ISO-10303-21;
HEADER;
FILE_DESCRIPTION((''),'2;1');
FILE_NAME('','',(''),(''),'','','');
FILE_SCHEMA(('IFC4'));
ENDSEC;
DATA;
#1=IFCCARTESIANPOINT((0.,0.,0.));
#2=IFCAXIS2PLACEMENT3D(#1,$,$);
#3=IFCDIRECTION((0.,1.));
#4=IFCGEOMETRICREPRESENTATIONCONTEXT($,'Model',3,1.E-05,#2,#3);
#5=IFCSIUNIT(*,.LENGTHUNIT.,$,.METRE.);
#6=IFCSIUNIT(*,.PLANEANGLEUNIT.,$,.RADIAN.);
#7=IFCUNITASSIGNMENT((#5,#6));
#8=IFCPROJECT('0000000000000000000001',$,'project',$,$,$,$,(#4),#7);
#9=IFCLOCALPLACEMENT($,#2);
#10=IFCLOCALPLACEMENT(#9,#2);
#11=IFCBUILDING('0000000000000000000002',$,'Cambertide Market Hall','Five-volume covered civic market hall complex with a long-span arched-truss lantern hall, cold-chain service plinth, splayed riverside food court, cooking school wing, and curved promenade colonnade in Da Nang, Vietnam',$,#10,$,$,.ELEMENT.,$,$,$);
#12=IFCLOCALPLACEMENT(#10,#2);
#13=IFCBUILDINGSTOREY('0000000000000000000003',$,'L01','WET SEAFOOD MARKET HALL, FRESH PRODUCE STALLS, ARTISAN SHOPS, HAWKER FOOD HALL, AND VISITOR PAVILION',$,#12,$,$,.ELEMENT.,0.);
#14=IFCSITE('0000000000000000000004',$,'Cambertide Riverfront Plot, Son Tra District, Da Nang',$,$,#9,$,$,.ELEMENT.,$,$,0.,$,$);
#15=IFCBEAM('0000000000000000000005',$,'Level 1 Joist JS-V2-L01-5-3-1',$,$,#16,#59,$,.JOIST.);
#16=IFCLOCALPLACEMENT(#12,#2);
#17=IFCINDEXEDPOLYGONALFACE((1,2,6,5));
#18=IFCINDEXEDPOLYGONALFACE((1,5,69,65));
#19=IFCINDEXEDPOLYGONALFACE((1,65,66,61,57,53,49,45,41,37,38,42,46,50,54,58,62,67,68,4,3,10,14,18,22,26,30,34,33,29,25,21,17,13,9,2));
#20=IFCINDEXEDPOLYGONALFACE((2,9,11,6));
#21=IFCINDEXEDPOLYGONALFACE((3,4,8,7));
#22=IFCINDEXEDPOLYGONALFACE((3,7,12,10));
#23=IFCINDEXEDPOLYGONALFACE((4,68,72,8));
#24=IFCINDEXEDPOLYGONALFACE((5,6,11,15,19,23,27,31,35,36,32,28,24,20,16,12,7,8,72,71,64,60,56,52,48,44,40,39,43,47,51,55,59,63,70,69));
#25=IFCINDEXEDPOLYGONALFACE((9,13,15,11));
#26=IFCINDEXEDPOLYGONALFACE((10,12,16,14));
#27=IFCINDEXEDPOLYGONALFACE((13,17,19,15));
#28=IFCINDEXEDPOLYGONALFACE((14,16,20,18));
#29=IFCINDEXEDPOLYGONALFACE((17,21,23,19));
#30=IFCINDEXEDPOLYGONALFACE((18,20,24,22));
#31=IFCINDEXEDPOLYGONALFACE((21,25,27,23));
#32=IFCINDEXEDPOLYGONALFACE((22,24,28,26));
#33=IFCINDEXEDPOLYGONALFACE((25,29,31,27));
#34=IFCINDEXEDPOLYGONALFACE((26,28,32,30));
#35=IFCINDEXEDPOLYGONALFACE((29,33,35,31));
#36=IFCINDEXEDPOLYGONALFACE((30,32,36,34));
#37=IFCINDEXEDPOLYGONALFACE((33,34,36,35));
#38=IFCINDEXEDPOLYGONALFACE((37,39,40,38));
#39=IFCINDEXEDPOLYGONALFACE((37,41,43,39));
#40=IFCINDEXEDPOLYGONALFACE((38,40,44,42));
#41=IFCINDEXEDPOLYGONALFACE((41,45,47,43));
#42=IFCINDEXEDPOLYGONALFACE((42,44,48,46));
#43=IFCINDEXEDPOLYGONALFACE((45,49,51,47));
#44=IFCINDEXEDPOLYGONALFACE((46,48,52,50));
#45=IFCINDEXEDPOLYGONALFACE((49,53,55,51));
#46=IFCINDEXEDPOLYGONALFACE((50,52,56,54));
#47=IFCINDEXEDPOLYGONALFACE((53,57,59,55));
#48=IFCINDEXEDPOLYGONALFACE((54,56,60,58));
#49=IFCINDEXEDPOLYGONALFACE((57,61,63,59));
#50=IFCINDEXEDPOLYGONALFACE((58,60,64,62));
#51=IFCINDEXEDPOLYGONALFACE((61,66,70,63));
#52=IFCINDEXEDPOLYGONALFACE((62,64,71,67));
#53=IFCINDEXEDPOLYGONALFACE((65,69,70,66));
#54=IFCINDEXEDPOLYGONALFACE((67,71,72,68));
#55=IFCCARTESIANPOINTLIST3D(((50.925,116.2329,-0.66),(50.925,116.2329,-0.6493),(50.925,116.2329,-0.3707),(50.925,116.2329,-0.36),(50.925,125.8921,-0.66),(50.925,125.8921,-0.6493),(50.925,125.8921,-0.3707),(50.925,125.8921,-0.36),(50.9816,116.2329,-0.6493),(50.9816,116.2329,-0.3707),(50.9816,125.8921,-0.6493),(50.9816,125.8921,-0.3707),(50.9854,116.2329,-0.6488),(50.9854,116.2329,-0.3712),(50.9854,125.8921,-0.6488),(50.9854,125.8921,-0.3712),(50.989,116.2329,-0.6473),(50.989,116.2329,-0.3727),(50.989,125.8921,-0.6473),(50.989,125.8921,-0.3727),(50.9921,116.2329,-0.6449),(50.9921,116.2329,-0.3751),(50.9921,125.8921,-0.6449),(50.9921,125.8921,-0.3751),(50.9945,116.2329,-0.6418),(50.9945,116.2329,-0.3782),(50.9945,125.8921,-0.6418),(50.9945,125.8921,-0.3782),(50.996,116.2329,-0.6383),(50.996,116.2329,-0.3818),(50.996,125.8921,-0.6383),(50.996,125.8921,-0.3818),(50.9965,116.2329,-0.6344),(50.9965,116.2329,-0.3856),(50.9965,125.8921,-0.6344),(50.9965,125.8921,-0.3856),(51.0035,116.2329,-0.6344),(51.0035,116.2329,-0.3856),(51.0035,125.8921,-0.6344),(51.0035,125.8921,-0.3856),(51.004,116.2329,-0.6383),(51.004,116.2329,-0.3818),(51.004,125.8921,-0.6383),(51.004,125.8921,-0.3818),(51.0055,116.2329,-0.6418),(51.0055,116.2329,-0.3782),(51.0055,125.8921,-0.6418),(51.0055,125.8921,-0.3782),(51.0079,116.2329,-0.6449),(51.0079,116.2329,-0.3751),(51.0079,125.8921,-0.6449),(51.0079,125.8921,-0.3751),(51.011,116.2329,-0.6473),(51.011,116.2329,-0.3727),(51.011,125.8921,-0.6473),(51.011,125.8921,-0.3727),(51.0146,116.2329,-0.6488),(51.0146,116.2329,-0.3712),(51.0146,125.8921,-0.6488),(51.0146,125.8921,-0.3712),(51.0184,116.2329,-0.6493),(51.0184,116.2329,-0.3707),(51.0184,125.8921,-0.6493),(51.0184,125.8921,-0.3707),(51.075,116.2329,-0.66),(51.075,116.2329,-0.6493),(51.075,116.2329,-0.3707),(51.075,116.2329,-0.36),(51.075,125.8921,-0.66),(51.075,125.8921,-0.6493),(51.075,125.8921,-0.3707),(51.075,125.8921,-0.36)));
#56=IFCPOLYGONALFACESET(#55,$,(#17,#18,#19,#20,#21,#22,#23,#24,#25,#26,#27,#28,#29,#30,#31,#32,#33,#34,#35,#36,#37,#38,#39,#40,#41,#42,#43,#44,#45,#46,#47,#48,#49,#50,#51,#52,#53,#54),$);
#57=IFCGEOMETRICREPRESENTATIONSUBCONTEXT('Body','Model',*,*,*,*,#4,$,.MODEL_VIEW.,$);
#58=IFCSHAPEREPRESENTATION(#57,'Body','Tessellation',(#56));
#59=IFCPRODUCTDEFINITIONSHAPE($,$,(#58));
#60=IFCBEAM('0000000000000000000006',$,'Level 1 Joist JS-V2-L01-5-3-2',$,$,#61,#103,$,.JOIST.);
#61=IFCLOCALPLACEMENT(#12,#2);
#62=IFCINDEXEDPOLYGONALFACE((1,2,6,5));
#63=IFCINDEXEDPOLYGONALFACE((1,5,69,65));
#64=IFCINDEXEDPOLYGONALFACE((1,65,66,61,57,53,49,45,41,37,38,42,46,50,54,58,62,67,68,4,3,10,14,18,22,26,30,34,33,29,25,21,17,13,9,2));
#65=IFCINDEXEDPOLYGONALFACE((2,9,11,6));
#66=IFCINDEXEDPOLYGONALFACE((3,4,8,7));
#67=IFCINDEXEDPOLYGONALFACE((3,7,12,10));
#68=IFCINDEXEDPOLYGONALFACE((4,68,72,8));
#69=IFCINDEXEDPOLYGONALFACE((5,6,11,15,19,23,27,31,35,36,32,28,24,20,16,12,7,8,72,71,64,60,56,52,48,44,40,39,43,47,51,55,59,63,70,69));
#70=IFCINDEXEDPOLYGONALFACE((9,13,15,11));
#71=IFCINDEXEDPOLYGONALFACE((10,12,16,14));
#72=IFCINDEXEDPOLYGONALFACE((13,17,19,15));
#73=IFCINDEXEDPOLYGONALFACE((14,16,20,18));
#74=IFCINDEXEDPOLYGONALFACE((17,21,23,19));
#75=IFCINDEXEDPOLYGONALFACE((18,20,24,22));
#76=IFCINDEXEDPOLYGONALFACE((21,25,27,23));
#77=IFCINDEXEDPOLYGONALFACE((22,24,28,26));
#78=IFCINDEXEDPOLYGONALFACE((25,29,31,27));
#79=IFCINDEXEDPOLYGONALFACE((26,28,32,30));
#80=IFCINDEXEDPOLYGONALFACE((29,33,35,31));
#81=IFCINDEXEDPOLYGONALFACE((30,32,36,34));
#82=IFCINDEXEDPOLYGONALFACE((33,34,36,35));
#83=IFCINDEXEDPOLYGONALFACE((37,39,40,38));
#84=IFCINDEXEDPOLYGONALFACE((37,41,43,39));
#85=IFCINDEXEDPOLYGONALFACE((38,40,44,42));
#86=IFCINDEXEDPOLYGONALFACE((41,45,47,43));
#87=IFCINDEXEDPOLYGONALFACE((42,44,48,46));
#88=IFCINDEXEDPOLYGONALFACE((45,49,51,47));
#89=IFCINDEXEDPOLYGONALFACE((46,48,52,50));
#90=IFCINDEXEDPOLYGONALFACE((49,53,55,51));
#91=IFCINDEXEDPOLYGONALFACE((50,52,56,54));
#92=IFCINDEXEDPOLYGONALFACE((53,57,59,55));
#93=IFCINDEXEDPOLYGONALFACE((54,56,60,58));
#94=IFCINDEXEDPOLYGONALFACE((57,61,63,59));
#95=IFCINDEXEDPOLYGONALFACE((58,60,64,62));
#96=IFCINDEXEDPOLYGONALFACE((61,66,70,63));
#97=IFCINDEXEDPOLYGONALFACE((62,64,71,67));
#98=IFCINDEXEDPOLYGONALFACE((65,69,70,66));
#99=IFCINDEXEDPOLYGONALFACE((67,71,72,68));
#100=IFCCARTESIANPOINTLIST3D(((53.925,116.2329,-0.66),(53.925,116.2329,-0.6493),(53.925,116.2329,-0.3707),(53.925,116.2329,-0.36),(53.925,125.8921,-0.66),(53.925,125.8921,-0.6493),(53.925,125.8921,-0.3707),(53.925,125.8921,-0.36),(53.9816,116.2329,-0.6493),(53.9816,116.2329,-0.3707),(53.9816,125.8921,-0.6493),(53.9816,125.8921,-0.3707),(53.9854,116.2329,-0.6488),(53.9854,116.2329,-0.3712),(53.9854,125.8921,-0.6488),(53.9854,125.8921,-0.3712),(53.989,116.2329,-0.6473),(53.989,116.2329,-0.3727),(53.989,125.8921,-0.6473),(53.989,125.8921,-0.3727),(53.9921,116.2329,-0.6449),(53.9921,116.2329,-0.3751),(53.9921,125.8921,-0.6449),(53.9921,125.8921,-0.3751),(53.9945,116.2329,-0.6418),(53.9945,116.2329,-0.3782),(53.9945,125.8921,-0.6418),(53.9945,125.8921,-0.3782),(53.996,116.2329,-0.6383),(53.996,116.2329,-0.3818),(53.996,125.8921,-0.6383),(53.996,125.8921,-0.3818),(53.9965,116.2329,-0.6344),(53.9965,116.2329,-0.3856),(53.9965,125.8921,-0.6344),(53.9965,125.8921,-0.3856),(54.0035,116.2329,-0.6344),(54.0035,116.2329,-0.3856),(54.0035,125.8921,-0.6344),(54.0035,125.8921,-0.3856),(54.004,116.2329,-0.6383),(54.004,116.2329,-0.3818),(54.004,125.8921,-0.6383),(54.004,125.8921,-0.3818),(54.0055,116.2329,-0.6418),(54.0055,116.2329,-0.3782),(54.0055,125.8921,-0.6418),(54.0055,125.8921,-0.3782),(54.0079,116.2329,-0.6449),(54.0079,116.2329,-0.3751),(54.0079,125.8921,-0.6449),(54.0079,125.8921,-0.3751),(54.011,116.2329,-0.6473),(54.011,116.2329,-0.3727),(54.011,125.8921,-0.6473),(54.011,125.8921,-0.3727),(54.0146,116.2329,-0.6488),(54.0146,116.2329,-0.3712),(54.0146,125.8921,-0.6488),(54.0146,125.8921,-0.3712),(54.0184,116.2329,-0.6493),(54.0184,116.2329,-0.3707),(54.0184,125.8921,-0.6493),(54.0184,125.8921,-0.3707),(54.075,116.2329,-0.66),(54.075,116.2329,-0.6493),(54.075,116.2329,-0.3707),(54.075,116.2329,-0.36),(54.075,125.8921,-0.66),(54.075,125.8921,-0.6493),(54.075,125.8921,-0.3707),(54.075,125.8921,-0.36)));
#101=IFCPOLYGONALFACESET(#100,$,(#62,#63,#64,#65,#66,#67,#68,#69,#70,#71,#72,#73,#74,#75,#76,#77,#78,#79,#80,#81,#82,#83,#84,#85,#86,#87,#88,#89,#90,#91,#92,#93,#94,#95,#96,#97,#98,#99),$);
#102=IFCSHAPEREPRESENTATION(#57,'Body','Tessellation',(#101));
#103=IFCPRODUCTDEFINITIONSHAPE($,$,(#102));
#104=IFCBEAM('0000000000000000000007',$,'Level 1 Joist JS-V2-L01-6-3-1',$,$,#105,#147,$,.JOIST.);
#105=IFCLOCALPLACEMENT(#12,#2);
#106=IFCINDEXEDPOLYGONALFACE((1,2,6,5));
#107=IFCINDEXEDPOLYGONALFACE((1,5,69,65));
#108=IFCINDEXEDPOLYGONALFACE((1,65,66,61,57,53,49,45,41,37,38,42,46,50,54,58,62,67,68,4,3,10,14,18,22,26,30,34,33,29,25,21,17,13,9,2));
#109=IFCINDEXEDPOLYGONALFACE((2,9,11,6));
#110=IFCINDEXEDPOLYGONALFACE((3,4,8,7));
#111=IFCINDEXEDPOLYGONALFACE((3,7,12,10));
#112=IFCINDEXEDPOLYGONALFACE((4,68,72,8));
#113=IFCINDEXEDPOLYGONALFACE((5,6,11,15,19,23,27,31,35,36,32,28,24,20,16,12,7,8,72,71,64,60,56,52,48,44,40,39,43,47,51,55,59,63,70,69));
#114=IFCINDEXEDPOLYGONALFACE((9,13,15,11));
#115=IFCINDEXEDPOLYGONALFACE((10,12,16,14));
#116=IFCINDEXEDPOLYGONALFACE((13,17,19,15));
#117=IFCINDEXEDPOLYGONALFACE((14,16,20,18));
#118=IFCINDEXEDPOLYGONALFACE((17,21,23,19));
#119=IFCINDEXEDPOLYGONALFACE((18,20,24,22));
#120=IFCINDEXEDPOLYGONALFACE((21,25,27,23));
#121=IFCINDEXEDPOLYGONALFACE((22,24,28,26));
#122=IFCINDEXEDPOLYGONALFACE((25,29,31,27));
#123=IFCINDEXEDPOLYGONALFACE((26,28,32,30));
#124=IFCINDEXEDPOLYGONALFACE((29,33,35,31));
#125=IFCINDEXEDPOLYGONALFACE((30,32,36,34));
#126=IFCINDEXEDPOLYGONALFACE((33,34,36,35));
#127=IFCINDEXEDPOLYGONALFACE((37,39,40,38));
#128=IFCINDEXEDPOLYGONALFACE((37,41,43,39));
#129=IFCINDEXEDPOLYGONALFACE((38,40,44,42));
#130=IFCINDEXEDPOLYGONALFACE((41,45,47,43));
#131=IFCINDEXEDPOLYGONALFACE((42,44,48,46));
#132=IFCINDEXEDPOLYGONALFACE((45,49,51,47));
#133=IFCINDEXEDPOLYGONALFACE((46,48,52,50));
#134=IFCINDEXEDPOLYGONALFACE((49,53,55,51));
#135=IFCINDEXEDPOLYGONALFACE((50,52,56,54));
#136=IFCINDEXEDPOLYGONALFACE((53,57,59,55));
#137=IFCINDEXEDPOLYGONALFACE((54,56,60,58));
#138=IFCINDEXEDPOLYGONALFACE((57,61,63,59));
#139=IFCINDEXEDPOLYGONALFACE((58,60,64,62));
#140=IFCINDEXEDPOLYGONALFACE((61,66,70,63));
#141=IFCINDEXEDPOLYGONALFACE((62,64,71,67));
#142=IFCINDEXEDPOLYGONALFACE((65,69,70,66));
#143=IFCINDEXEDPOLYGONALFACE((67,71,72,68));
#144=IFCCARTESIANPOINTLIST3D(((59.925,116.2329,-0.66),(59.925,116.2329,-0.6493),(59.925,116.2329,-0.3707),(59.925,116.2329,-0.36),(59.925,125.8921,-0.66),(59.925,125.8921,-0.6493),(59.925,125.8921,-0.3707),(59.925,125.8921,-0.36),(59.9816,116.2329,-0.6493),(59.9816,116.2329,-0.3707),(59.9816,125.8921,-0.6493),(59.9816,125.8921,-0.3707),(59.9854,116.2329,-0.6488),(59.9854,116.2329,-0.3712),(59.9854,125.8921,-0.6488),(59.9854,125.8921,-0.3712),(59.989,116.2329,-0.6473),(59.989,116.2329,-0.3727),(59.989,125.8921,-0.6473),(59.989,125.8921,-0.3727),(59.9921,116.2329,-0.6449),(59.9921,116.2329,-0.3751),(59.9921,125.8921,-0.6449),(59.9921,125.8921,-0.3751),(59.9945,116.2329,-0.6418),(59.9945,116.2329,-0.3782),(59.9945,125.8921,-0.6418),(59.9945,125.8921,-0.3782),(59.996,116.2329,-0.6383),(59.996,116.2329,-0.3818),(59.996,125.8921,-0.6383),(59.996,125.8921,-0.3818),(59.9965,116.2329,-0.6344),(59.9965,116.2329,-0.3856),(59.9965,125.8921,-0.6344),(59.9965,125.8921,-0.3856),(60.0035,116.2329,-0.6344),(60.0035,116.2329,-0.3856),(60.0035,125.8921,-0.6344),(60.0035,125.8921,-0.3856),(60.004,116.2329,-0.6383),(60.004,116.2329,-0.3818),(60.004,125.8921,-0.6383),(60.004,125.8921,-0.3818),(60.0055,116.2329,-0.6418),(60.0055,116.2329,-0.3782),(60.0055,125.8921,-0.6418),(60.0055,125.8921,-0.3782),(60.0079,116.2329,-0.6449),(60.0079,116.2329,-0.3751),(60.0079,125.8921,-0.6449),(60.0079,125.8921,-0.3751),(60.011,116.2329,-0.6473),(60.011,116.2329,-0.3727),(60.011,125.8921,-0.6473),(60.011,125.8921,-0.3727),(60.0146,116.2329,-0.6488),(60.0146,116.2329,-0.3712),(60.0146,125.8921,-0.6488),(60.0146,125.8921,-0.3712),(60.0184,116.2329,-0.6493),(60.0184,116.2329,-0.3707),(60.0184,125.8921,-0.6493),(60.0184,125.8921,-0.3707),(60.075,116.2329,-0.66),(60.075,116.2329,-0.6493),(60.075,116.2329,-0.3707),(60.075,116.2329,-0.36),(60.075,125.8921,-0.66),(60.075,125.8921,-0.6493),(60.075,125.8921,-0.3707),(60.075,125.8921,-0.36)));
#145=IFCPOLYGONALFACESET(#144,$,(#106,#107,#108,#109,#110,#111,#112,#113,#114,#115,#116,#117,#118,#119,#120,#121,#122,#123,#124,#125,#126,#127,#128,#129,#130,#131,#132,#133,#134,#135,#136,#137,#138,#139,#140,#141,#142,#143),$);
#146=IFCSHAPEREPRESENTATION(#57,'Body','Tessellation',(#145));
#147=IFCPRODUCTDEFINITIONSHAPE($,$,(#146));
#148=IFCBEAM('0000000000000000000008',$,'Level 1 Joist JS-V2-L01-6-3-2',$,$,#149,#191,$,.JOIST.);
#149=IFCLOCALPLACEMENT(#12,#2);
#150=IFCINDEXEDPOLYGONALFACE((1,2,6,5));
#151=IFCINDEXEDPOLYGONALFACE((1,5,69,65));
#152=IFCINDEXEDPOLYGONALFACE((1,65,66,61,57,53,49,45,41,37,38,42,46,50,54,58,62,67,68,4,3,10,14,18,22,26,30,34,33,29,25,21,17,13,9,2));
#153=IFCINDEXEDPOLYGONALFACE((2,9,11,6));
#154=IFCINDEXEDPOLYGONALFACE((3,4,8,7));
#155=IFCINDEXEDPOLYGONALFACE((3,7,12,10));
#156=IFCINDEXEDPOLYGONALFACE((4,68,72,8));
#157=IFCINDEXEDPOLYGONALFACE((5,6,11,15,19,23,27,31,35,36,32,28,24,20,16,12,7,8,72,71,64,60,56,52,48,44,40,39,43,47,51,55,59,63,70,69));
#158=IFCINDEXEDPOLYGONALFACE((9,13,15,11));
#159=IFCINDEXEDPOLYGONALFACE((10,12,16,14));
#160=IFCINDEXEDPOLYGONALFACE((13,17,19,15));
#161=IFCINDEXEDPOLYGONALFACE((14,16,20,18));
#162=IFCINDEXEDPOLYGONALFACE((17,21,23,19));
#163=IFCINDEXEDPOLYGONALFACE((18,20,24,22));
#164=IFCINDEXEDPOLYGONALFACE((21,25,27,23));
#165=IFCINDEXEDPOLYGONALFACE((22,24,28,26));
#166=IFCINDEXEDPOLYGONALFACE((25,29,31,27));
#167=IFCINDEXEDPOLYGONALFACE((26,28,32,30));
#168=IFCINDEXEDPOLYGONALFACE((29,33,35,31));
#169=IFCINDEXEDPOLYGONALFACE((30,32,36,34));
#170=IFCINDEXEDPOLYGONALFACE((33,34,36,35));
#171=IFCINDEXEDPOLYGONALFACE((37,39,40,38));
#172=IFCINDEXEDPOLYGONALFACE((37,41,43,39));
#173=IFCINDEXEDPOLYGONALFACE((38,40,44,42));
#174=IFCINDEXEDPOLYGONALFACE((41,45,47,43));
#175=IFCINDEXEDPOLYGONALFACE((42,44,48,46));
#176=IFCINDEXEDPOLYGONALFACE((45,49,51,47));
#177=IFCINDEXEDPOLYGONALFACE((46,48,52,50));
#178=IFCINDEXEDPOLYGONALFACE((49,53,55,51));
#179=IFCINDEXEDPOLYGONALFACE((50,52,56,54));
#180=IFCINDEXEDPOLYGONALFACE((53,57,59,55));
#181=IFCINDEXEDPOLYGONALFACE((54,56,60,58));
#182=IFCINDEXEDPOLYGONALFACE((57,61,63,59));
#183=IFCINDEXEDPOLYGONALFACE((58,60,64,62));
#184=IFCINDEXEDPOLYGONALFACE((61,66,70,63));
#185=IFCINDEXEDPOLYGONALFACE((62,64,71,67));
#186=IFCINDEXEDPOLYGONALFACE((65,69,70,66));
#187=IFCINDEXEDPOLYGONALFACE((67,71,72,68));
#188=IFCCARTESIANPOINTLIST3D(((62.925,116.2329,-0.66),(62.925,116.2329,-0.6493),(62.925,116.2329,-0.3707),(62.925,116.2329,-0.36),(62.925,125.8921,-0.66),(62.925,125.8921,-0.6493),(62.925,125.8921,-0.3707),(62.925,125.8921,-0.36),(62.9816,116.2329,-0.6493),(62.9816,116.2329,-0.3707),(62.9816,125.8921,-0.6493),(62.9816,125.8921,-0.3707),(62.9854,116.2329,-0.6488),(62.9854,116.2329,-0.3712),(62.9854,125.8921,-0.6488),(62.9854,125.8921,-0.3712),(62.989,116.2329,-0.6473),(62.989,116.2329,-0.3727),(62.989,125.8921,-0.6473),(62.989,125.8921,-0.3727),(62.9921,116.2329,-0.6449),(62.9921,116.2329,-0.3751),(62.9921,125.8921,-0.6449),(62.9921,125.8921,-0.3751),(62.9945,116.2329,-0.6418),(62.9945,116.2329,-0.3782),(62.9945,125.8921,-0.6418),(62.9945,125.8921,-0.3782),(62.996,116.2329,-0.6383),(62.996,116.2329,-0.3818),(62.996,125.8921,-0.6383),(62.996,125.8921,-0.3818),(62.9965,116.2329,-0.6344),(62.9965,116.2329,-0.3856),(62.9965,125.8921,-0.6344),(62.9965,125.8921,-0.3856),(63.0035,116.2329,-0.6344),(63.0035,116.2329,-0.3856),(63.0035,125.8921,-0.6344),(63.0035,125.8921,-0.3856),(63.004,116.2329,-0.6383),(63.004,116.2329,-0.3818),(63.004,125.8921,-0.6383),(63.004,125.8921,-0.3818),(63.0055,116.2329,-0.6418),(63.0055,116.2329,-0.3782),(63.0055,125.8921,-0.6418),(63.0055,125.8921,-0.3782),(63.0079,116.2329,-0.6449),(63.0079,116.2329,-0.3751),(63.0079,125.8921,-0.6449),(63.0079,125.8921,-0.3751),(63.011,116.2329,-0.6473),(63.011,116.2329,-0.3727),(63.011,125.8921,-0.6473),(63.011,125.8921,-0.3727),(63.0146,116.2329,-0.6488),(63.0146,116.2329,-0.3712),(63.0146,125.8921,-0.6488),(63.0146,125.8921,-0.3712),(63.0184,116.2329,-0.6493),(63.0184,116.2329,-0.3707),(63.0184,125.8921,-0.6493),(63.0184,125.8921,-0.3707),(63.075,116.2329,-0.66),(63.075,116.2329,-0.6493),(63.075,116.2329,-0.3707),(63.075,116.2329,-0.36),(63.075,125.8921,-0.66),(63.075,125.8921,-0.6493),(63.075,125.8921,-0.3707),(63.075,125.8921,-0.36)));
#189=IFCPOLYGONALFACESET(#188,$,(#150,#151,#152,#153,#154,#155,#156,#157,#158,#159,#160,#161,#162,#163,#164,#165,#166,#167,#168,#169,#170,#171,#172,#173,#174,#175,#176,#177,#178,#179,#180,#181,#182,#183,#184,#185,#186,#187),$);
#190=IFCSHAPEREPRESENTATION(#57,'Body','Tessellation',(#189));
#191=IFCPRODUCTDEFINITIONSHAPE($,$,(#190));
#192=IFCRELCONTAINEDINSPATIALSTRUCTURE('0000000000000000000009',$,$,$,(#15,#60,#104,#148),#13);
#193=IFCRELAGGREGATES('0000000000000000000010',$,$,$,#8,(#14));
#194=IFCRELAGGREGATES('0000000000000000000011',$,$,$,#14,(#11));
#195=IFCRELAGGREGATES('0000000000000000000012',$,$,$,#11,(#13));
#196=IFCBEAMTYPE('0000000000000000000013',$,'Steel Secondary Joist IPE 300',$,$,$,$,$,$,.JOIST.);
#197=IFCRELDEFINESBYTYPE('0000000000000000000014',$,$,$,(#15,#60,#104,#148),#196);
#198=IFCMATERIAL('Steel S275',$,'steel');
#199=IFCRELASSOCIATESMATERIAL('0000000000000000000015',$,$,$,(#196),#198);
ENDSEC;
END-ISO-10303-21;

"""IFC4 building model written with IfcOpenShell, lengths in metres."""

from ifc_helpers import new_model, si_unit, direction, frame, origin, origin_2d, place, context, subcontext, project, spatial, i_section, extrude, material, material_profile, profile_set, type_object, element, save


model = new_model("IFC4")

# Units and contexts
model_context = context("Model", 3, precision=1e-05, world=origin(), true_north=direction((0.0, 1.0)))
body_context = subcontext(model_context, "Body", "Model", "MODEL_VIEW")
ifc_project = project(units=[si_unit("LENGTHUNIT", "METRE"), si_unit("PLANEANGLEUNIT", "RADIAN")], contexts=[model_context])

# Site, building, storey
site_placement = place(None, origin())
site = spatial("IfcSite", under=ifc_project, at=site_placement, Name="Cambertide Riverfront Plot, Son Tra District, Da Nang", CompositionType="ELEMENT", RefElevation=0.0)
building_placement = place(site_placement, origin())
building = spatial("IfcBuilding", under=site, at=building_placement, Name="Cambertide Market Hall", Description="Five-volume covered civic market hall complex with a long-span arched-truss lantern hall, cold-chain service plinth, splayed riverside food court, cooking school wing, and curved promenade colonnade in Da Nang, Vietnam", CompositionType="ELEMENT")
storey_placement = place(building_placement, origin())
storey = spatial("IfcBuildingStorey", under=building, at=storey_placement, Name="L01", Description="WET SEAFOOD MARKET HALL, FRESH PRODUCE STALLS, ARTISAN SHOPS, HAWKER FOOD HALL, AND VISITOR PAVILION", CompositionType="ELEMENT", Elevation=0.0)

# Beams
ifc_material_1 = material(Name="Steel S275", Category="steel")
ifc_material_profile_1 = material_profile(ifc_material_1, i_section(OverallWidth=0.1499, OverallDepth=0.3, WebThickness=0.0071, FlangeThickness=0.0107, FilletRadius=0.0149, at=origin_2d()), Name="IPE 300")
ifc_profile_set_1 = profile_set([ifc_material_profile_1], Name="Steel S275")
beam_type_1 = type_object("IfcBeamType", Name="Steel Secondary Joist IPE 300", PredefinedType="JOIST", material=ifc_profile_set_1)
for number, where, z_axis, x_axis, name in (
    (1, (51.0, 116.2329, -0.51), (0.0, 1.0, 0.0), (-1.0, 0.0, 0.0), "Level 1 Joist JS-V2-L01-5-3-1"),
    (2, (54.0, 116.2329, -0.51), (0.0, 1.0, 0.0), (-1.0, 0.0, 0.0), "Level 1 Joist JS-V2-L01-5-3-2"),
    (3, (60.0, 116.2329, -0.51), (0.0, 1.0, 0.0), (-1.0, 0.0, 0.0), "Level 1 Joist JS-V2-L01-6-3-1"),
    (4, (63.0, 116.2329, -0.51), (0.0, 1.0, 0.0), (-1.0, 0.0, 0.0), "Level 1 Joist JS-V2-L01-6-3-2"),
):
    element("IfcBeam", number, at=place(storey_placement, frame(where, z_axis=z_axis, x_axis=x_axis)), inside=storey, type_object=beam_type_1, Name=name, PredefinedType="JOIST", context=body_context, shape_type="SweptSolid", body=[
        extrude(i_section(OverallWidth=0.1499, OverallDepth=0.3, WebThickness=0.0071, FlangeThickness=0.0107, FilletRadius=0.0149, at=origin_2d()), origin(), (0.0, 0.0, 1.0), 9.6592),
    ])

save(model, "model.ifc")
